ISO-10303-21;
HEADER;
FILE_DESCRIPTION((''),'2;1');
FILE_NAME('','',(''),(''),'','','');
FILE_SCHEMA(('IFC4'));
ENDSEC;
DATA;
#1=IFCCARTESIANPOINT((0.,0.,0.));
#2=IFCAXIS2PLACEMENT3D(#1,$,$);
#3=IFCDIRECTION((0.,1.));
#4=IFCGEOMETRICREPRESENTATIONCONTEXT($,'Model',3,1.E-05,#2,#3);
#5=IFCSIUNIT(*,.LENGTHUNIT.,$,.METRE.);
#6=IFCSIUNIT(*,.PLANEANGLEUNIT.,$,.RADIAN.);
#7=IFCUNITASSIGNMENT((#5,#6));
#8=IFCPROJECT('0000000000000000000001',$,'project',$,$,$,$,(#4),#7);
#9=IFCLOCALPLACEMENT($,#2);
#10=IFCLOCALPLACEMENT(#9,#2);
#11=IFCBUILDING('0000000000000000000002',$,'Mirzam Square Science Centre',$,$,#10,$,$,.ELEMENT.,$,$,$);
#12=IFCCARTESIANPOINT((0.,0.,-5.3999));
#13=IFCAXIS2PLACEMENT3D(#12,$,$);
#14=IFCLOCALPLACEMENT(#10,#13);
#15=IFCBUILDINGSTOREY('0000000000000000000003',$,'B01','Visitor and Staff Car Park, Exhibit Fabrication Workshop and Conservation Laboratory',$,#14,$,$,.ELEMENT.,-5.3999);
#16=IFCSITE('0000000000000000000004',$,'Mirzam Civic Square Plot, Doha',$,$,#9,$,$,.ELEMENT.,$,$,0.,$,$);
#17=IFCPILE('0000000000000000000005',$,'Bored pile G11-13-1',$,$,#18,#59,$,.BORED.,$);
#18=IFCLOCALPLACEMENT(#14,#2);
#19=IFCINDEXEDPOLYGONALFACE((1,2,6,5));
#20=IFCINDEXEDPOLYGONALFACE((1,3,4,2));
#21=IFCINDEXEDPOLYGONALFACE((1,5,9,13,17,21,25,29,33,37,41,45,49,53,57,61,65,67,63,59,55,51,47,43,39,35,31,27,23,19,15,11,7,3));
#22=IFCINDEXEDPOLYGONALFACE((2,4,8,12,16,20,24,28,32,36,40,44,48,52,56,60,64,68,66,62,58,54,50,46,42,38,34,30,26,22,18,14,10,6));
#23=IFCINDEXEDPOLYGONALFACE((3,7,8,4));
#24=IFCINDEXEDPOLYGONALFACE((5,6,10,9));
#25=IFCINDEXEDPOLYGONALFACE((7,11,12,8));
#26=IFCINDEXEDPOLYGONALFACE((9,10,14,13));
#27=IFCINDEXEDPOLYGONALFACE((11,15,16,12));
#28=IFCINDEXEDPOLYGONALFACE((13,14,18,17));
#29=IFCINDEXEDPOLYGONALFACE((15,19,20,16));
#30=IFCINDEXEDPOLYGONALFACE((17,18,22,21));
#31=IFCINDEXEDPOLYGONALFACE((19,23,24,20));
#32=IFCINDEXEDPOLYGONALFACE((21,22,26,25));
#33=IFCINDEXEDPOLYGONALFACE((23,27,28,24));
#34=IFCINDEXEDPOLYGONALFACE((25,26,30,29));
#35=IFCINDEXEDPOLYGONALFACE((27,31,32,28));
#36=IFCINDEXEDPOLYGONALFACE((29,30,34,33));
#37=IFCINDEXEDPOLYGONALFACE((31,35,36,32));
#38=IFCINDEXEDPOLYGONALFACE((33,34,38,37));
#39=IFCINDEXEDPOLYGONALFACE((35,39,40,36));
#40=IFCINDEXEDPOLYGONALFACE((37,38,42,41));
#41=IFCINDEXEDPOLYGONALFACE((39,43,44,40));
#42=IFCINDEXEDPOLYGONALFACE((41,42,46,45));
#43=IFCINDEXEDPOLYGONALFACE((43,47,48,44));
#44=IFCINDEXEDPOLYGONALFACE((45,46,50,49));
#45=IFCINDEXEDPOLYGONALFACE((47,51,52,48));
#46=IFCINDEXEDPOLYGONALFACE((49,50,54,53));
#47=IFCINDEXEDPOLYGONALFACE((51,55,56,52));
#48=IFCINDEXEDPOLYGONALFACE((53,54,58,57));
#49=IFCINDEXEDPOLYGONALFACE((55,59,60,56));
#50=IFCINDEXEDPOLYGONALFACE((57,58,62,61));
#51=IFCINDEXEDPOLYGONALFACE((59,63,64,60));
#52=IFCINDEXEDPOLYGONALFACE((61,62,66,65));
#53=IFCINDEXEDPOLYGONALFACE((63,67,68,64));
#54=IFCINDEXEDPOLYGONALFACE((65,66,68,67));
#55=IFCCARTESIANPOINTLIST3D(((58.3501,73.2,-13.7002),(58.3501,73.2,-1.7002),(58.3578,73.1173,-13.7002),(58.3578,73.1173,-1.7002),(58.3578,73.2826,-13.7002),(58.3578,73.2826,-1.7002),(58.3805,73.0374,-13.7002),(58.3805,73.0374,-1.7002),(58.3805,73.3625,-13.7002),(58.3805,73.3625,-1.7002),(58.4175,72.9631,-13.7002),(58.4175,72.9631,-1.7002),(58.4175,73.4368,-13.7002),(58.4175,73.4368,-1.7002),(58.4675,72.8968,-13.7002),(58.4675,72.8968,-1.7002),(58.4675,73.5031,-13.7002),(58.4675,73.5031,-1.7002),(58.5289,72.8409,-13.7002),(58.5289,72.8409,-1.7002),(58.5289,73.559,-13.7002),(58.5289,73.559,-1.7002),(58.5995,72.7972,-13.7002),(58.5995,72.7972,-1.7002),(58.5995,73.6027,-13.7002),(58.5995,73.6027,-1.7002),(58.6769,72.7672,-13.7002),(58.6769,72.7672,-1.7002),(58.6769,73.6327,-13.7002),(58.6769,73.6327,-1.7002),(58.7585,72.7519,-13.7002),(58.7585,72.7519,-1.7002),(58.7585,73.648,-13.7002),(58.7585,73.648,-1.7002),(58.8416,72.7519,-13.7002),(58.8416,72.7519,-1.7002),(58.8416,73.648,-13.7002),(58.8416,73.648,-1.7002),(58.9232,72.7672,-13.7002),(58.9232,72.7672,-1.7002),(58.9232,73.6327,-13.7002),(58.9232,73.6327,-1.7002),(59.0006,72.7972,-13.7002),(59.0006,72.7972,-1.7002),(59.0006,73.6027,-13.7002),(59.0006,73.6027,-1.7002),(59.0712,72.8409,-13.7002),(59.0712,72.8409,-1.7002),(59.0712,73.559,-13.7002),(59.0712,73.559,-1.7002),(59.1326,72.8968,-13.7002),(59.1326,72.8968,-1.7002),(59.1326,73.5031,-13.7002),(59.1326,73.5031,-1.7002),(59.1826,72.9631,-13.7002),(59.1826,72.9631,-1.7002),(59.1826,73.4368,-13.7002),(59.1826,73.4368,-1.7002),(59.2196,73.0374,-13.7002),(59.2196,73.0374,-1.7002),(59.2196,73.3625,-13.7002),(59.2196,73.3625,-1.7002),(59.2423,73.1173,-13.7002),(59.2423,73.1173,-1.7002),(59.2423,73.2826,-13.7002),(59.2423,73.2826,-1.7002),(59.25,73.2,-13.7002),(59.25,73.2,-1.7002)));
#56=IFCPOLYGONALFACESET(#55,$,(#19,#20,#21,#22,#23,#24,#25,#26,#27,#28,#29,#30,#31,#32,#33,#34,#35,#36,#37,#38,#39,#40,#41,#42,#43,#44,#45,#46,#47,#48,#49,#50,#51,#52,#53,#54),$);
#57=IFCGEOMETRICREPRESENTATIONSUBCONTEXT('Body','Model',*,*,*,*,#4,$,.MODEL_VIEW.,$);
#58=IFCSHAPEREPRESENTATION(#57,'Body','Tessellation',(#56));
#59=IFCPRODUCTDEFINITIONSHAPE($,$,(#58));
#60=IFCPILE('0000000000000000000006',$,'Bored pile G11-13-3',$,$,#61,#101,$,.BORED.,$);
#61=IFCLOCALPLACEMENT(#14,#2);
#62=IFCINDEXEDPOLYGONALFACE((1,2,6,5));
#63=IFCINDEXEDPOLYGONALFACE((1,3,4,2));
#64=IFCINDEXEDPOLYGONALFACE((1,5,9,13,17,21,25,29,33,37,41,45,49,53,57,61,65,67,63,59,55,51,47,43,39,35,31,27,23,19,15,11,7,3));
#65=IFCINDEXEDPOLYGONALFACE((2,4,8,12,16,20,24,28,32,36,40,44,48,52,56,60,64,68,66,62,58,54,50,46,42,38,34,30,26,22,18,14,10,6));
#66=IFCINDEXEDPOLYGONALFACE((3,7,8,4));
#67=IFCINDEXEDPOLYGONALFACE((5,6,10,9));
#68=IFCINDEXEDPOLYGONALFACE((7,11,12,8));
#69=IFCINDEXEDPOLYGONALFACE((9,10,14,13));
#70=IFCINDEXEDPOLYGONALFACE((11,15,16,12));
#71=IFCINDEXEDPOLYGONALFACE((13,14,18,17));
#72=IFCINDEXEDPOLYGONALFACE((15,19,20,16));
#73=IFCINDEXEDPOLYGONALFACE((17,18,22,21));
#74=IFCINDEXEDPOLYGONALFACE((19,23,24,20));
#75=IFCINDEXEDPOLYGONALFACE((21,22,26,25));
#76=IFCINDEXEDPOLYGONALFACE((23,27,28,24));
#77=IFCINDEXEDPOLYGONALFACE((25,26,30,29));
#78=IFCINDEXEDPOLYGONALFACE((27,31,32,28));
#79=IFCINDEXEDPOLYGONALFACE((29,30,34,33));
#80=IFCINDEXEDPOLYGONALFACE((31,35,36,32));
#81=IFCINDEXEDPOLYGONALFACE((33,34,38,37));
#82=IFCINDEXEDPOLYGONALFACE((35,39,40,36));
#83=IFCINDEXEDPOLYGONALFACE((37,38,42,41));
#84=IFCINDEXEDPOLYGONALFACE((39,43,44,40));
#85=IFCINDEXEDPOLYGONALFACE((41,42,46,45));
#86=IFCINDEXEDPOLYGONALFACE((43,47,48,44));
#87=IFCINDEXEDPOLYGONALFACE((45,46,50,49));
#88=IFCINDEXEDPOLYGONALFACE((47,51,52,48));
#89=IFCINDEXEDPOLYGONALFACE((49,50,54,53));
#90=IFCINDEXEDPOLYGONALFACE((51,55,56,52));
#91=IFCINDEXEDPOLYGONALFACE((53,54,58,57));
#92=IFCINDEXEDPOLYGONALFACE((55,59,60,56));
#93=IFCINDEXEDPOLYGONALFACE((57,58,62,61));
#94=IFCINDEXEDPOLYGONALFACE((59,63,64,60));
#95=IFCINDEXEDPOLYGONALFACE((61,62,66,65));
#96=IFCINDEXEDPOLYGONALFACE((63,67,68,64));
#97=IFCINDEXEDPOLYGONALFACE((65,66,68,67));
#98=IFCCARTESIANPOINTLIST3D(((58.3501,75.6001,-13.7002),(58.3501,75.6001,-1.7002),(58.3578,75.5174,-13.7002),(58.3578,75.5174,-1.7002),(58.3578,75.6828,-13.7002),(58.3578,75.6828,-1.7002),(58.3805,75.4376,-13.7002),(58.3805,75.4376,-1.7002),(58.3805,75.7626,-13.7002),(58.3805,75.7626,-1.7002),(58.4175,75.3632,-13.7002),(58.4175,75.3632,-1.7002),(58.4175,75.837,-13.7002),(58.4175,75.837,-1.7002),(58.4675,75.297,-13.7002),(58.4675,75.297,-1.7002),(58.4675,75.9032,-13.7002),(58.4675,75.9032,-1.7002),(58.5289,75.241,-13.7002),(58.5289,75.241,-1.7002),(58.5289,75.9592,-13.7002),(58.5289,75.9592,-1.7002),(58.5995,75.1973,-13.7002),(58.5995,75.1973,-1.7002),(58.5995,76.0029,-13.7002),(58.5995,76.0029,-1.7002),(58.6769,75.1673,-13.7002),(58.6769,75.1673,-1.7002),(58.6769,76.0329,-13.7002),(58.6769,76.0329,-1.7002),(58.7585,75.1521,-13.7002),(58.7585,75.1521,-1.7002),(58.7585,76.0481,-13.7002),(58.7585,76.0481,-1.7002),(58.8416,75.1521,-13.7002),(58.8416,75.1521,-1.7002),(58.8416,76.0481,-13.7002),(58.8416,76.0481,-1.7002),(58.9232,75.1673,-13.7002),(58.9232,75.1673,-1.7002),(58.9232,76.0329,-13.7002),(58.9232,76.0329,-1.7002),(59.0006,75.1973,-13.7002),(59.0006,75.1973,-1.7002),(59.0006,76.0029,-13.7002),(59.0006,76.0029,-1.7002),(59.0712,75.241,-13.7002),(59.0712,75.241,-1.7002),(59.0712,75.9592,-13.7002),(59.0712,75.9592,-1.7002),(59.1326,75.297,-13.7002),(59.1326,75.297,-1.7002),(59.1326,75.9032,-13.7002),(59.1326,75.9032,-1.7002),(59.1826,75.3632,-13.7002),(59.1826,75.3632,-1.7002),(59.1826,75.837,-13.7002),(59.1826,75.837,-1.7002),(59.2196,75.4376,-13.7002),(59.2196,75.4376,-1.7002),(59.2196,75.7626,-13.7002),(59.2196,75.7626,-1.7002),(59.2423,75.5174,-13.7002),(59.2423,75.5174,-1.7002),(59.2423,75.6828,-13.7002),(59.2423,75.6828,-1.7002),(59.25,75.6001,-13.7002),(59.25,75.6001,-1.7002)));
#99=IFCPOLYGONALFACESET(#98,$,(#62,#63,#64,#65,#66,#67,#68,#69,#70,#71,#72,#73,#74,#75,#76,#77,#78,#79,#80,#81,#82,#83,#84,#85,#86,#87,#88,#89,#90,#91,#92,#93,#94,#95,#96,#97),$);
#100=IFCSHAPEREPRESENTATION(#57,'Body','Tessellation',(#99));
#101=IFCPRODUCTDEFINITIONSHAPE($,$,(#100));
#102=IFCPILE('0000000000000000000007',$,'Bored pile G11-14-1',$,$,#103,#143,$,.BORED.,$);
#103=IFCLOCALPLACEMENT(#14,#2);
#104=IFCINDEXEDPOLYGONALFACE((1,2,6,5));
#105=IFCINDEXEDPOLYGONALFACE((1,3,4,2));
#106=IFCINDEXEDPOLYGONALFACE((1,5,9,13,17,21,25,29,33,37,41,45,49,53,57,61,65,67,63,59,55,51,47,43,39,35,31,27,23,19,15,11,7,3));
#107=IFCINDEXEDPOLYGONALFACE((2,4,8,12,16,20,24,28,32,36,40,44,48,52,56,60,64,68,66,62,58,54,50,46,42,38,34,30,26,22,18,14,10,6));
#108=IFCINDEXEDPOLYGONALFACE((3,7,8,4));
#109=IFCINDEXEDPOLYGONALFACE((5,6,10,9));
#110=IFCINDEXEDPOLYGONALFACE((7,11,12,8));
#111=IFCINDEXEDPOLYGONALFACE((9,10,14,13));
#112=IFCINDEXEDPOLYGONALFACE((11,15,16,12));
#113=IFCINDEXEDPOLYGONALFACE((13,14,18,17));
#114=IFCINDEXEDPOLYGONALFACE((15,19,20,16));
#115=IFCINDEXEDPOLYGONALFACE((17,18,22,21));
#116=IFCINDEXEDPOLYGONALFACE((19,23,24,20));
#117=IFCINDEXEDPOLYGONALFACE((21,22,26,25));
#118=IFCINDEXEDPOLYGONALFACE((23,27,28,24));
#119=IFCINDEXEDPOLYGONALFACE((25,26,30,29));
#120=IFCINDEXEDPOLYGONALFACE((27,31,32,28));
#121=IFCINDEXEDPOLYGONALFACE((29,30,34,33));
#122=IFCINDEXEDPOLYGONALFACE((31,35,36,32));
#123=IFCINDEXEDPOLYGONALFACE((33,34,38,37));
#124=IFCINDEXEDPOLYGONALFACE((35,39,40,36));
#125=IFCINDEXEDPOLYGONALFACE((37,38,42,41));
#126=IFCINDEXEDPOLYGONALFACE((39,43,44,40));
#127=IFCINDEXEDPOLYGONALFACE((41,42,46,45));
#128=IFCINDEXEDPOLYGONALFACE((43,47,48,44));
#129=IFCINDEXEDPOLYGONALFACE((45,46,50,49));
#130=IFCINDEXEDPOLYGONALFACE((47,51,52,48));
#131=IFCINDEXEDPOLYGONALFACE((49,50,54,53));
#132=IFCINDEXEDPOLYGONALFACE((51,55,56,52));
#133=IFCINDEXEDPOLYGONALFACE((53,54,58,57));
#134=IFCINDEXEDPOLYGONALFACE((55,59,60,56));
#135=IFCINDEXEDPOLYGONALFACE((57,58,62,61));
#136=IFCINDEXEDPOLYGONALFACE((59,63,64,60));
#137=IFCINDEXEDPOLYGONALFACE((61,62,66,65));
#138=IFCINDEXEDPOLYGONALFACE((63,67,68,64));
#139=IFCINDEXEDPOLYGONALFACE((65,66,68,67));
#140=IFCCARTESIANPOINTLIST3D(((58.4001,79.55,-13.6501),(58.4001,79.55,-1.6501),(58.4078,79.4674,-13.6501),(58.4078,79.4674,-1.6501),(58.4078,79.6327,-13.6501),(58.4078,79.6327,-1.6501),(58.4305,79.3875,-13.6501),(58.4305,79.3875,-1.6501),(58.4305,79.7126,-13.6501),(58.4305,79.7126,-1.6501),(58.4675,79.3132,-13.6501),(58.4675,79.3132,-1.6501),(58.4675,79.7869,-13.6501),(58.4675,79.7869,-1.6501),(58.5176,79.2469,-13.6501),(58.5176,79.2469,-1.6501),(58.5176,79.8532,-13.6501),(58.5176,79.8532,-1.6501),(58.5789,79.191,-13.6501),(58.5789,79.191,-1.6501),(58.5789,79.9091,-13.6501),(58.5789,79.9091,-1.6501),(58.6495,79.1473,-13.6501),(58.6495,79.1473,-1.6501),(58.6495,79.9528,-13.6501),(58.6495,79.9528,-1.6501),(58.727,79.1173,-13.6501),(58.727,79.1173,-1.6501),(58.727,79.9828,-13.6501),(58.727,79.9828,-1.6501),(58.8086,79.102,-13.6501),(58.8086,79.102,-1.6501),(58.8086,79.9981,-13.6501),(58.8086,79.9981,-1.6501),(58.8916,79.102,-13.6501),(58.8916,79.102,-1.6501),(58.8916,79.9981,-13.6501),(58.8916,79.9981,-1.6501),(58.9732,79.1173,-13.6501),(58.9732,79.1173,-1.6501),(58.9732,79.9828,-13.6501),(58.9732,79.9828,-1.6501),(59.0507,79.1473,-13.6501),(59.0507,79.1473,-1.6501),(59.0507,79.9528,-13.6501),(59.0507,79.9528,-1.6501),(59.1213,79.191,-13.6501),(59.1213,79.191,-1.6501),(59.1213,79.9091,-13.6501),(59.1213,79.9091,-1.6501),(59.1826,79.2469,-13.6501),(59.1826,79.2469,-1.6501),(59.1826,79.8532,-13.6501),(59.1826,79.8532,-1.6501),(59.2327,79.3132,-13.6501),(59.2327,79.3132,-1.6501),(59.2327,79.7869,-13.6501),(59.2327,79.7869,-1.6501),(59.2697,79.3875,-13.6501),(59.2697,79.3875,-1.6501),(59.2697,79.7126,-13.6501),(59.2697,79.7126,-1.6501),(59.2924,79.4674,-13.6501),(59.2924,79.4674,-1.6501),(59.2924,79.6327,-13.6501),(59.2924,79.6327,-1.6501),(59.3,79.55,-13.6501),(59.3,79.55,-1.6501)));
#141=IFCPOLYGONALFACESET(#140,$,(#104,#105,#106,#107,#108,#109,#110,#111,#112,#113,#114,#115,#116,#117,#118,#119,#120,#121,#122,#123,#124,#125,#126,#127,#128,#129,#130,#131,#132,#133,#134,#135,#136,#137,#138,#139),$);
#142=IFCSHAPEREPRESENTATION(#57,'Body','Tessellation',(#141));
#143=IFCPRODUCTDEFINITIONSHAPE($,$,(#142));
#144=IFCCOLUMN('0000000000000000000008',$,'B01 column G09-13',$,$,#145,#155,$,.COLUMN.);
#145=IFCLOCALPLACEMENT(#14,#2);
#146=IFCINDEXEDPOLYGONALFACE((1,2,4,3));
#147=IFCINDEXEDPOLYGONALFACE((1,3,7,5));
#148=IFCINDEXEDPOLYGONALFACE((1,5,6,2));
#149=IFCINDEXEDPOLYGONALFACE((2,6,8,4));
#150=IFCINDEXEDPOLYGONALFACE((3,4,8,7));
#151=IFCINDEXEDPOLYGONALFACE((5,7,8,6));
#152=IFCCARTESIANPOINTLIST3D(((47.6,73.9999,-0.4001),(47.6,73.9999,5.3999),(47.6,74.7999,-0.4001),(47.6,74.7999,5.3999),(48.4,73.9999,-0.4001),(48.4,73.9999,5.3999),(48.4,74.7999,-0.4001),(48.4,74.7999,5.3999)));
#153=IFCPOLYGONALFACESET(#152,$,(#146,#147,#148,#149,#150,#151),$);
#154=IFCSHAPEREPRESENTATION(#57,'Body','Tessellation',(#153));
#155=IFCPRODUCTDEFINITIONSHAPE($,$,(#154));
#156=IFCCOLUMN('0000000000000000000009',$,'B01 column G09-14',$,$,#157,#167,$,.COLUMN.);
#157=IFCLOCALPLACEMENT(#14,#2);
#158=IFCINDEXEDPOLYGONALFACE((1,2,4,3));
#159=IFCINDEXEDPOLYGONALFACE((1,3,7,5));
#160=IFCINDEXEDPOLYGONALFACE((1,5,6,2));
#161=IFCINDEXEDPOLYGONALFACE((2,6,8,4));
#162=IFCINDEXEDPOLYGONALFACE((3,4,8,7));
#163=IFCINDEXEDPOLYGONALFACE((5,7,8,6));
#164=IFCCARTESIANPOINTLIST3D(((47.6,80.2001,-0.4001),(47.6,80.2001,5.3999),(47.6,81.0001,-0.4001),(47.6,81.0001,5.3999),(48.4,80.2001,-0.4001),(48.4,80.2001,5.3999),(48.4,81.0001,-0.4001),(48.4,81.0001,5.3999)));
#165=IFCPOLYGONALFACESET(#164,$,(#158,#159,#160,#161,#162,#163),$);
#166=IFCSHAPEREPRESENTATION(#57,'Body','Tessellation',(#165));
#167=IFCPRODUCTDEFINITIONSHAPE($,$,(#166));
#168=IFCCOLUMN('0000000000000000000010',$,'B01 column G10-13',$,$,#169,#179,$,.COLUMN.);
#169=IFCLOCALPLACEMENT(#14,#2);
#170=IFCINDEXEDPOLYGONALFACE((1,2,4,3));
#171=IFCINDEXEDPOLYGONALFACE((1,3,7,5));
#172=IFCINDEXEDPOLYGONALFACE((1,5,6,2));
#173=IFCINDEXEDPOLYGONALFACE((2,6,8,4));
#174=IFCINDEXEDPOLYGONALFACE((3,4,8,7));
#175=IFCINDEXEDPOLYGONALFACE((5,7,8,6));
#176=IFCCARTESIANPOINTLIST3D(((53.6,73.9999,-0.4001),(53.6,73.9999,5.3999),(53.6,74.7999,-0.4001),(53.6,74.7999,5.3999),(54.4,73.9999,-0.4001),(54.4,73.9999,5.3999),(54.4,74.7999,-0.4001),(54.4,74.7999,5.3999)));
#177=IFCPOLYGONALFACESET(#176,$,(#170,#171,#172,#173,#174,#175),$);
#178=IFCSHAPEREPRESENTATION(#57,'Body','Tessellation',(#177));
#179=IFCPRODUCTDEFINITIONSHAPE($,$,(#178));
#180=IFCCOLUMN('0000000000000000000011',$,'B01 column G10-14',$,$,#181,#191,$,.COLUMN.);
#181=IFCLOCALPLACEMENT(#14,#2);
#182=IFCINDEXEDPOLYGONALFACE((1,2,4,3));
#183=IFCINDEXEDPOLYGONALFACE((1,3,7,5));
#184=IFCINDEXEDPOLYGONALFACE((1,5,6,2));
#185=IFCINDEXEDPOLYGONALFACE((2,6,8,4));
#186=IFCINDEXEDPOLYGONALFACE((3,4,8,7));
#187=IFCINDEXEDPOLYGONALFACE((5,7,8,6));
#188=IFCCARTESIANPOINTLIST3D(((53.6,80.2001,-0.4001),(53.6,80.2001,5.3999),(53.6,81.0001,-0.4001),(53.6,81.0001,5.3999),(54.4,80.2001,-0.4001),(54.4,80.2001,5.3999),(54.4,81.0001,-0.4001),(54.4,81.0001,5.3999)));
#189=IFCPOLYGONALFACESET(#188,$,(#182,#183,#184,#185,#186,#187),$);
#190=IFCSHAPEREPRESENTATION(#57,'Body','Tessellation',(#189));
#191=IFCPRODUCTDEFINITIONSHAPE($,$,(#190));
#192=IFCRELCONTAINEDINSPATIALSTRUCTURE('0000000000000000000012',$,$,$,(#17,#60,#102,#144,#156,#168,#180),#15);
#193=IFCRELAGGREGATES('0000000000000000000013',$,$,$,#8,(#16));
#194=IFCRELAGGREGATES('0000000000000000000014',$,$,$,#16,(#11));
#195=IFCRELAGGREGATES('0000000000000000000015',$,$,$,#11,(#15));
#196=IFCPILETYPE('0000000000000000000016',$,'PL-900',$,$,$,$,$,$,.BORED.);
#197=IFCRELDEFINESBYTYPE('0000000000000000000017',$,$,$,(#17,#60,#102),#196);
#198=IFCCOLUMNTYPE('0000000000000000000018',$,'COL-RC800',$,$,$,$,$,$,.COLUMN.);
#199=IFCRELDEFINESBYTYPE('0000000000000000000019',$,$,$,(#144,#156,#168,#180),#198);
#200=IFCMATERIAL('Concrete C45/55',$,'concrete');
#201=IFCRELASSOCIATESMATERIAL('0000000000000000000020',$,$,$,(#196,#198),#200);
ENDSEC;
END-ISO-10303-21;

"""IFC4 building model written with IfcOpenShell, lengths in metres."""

from ifc_helpers import new_model, si_unit, direction, frame, origin, origin_2d, place, context, subcontext, project, spatial, rectangle, circle, extrude, material, material_profile, profile_set, type_object, element, save


model = new_model("IFC4")

# Units and contexts
model_context = context("Model", 3, precision=1e-05, world=origin(), true_north=direction((0.0, 1.0)))
body_context = subcontext(model_context, "Body", "Model", "MODEL_VIEW")
ifc_project = project(units=[si_unit("LENGTHUNIT", "METRE"), si_unit("PLANEANGLEUNIT", "RADIAN")], contexts=[model_context])

# Site, building, storey
site_placement = place(None, origin())
site = spatial("IfcSite", under=ifc_project, at=site_placement, Name="Mirzam Civic Square Plot, Doha", CompositionType="ELEMENT", RefElevation=0.0)
building_placement = place(site_placement, origin())
building = spatial("IfcBuilding", under=site, at=building_placement, Name="Mirzam Square Science Centre", CompositionType="ELEMENT")
storey_placement = place(building_placement, frame((0.0, 0.0, -5.3999)))
storey = spatial("IfcBuildingStorey", under=building, at=storey_placement, Name="B01", Description="Visitor and Staff Car Park, Exhibit Fabrication Workshop and Conservation Laboratory", CompositionType="ELEMENT", Elevation=-5.3999)

# Shared definitions
ifc_material = material(Name="Concrete C45/55", Category="concrete")

# Piles
ifc_material_profile_1 = material_profile(ifc_material, circle(Radius=0.45, at=origin_2d()), Name="PILE-D900")
ifc_profile_set_1 = profile_set([ifc_material_profile_1], Name="Concrete C45/55")
pile_type = type_object("IfcPileType", Name="PL-900", PredefinedType="BORED", material=ifc_profile_set_1)
for number, where, z_axis, x_axis, name in (
    (1, (58.8, 73.2, -1.7002), (0.0, 0.0, -1.0), (1.0, 0.0, 0.0), "Bored pile G11-13-1"),
    (2, (58.8, 75.6001, -1.7002), (0.0, 0.0, -1.0), (1.0, 0.0, 0.0), "Bored pile G11-13-3"),
    (3, (58.8501, 79.55, -1.6501), (0.0, 0.0, -1.0), (1.0, 0.0, 0.0), "Bored pile G11-14-1"),
):
    element("IfcPile", number, at=place(storey_placement, frame(where, z_axis=z_axis, x_axis=x_axis)), inside=storey, type_object=pile_type, Name=name, PredefinedType="BORED", context=body_context, shape_type="SweptSolid", body=[
        extrude(circle(Radius=0.45, at=origin_2d()), origin(), (0.0, 0.0, 1.0), 12.0),
    ])

# Columns
ifc_material_profile_2 = material_profile(ifc_material, rectangle(XDim=0.8, YDim=0.8, at=origin_2d()), Name="RC800x800")
ifc_profile_set_2 = profile_set([ifc_material_profile_2], Name="Concrete C45/55")
column_type = type_object("IfcColumnType", Name="COL-RC800", PredefinedType="COLUMN", material=ifc_profile_set_2)
for number, where, z_axis, x_axis, name in (
    (4, (48.0, 74.3999, -0.4001), (0.0, 0.0, 1.0), (1.0, 0.0, 0.0), "B01 column G09-13"),
    (5, (48.0, 80.6001, -0.4001), (0.0, 0.0, 1.0), (1.0, 0.0, 0.0), "B01 column G09-14"),
    (6, (54.0, 74.3999, -0.4001), (0.0, 0.0, 1.0), (1.0, 0.0, 0.0), "B01 column G10-13"),
    (7, (54.0, 80.6001, -0.4001), (0.0, 0.0, 1.0), (1.0, 0.0, 0.0), "B01 column G10-14"),
):
    element("IfcColumn", number, at=place(storey_placement, frame(where, z_axis=z_axis, x_axis=x_axis)), inside=storey, type_object=column_type, Name=name, PredefinedType="COLUMN", context=body_context, shape_type="SweptSolid", body=[
        extrude(rectangle(XDim=0.8, YDim=0.8, at=origin_2d()), origin(), (0.0, 0.0, 1.0), 5.8),
    ])

save(model, "model.ifc")
